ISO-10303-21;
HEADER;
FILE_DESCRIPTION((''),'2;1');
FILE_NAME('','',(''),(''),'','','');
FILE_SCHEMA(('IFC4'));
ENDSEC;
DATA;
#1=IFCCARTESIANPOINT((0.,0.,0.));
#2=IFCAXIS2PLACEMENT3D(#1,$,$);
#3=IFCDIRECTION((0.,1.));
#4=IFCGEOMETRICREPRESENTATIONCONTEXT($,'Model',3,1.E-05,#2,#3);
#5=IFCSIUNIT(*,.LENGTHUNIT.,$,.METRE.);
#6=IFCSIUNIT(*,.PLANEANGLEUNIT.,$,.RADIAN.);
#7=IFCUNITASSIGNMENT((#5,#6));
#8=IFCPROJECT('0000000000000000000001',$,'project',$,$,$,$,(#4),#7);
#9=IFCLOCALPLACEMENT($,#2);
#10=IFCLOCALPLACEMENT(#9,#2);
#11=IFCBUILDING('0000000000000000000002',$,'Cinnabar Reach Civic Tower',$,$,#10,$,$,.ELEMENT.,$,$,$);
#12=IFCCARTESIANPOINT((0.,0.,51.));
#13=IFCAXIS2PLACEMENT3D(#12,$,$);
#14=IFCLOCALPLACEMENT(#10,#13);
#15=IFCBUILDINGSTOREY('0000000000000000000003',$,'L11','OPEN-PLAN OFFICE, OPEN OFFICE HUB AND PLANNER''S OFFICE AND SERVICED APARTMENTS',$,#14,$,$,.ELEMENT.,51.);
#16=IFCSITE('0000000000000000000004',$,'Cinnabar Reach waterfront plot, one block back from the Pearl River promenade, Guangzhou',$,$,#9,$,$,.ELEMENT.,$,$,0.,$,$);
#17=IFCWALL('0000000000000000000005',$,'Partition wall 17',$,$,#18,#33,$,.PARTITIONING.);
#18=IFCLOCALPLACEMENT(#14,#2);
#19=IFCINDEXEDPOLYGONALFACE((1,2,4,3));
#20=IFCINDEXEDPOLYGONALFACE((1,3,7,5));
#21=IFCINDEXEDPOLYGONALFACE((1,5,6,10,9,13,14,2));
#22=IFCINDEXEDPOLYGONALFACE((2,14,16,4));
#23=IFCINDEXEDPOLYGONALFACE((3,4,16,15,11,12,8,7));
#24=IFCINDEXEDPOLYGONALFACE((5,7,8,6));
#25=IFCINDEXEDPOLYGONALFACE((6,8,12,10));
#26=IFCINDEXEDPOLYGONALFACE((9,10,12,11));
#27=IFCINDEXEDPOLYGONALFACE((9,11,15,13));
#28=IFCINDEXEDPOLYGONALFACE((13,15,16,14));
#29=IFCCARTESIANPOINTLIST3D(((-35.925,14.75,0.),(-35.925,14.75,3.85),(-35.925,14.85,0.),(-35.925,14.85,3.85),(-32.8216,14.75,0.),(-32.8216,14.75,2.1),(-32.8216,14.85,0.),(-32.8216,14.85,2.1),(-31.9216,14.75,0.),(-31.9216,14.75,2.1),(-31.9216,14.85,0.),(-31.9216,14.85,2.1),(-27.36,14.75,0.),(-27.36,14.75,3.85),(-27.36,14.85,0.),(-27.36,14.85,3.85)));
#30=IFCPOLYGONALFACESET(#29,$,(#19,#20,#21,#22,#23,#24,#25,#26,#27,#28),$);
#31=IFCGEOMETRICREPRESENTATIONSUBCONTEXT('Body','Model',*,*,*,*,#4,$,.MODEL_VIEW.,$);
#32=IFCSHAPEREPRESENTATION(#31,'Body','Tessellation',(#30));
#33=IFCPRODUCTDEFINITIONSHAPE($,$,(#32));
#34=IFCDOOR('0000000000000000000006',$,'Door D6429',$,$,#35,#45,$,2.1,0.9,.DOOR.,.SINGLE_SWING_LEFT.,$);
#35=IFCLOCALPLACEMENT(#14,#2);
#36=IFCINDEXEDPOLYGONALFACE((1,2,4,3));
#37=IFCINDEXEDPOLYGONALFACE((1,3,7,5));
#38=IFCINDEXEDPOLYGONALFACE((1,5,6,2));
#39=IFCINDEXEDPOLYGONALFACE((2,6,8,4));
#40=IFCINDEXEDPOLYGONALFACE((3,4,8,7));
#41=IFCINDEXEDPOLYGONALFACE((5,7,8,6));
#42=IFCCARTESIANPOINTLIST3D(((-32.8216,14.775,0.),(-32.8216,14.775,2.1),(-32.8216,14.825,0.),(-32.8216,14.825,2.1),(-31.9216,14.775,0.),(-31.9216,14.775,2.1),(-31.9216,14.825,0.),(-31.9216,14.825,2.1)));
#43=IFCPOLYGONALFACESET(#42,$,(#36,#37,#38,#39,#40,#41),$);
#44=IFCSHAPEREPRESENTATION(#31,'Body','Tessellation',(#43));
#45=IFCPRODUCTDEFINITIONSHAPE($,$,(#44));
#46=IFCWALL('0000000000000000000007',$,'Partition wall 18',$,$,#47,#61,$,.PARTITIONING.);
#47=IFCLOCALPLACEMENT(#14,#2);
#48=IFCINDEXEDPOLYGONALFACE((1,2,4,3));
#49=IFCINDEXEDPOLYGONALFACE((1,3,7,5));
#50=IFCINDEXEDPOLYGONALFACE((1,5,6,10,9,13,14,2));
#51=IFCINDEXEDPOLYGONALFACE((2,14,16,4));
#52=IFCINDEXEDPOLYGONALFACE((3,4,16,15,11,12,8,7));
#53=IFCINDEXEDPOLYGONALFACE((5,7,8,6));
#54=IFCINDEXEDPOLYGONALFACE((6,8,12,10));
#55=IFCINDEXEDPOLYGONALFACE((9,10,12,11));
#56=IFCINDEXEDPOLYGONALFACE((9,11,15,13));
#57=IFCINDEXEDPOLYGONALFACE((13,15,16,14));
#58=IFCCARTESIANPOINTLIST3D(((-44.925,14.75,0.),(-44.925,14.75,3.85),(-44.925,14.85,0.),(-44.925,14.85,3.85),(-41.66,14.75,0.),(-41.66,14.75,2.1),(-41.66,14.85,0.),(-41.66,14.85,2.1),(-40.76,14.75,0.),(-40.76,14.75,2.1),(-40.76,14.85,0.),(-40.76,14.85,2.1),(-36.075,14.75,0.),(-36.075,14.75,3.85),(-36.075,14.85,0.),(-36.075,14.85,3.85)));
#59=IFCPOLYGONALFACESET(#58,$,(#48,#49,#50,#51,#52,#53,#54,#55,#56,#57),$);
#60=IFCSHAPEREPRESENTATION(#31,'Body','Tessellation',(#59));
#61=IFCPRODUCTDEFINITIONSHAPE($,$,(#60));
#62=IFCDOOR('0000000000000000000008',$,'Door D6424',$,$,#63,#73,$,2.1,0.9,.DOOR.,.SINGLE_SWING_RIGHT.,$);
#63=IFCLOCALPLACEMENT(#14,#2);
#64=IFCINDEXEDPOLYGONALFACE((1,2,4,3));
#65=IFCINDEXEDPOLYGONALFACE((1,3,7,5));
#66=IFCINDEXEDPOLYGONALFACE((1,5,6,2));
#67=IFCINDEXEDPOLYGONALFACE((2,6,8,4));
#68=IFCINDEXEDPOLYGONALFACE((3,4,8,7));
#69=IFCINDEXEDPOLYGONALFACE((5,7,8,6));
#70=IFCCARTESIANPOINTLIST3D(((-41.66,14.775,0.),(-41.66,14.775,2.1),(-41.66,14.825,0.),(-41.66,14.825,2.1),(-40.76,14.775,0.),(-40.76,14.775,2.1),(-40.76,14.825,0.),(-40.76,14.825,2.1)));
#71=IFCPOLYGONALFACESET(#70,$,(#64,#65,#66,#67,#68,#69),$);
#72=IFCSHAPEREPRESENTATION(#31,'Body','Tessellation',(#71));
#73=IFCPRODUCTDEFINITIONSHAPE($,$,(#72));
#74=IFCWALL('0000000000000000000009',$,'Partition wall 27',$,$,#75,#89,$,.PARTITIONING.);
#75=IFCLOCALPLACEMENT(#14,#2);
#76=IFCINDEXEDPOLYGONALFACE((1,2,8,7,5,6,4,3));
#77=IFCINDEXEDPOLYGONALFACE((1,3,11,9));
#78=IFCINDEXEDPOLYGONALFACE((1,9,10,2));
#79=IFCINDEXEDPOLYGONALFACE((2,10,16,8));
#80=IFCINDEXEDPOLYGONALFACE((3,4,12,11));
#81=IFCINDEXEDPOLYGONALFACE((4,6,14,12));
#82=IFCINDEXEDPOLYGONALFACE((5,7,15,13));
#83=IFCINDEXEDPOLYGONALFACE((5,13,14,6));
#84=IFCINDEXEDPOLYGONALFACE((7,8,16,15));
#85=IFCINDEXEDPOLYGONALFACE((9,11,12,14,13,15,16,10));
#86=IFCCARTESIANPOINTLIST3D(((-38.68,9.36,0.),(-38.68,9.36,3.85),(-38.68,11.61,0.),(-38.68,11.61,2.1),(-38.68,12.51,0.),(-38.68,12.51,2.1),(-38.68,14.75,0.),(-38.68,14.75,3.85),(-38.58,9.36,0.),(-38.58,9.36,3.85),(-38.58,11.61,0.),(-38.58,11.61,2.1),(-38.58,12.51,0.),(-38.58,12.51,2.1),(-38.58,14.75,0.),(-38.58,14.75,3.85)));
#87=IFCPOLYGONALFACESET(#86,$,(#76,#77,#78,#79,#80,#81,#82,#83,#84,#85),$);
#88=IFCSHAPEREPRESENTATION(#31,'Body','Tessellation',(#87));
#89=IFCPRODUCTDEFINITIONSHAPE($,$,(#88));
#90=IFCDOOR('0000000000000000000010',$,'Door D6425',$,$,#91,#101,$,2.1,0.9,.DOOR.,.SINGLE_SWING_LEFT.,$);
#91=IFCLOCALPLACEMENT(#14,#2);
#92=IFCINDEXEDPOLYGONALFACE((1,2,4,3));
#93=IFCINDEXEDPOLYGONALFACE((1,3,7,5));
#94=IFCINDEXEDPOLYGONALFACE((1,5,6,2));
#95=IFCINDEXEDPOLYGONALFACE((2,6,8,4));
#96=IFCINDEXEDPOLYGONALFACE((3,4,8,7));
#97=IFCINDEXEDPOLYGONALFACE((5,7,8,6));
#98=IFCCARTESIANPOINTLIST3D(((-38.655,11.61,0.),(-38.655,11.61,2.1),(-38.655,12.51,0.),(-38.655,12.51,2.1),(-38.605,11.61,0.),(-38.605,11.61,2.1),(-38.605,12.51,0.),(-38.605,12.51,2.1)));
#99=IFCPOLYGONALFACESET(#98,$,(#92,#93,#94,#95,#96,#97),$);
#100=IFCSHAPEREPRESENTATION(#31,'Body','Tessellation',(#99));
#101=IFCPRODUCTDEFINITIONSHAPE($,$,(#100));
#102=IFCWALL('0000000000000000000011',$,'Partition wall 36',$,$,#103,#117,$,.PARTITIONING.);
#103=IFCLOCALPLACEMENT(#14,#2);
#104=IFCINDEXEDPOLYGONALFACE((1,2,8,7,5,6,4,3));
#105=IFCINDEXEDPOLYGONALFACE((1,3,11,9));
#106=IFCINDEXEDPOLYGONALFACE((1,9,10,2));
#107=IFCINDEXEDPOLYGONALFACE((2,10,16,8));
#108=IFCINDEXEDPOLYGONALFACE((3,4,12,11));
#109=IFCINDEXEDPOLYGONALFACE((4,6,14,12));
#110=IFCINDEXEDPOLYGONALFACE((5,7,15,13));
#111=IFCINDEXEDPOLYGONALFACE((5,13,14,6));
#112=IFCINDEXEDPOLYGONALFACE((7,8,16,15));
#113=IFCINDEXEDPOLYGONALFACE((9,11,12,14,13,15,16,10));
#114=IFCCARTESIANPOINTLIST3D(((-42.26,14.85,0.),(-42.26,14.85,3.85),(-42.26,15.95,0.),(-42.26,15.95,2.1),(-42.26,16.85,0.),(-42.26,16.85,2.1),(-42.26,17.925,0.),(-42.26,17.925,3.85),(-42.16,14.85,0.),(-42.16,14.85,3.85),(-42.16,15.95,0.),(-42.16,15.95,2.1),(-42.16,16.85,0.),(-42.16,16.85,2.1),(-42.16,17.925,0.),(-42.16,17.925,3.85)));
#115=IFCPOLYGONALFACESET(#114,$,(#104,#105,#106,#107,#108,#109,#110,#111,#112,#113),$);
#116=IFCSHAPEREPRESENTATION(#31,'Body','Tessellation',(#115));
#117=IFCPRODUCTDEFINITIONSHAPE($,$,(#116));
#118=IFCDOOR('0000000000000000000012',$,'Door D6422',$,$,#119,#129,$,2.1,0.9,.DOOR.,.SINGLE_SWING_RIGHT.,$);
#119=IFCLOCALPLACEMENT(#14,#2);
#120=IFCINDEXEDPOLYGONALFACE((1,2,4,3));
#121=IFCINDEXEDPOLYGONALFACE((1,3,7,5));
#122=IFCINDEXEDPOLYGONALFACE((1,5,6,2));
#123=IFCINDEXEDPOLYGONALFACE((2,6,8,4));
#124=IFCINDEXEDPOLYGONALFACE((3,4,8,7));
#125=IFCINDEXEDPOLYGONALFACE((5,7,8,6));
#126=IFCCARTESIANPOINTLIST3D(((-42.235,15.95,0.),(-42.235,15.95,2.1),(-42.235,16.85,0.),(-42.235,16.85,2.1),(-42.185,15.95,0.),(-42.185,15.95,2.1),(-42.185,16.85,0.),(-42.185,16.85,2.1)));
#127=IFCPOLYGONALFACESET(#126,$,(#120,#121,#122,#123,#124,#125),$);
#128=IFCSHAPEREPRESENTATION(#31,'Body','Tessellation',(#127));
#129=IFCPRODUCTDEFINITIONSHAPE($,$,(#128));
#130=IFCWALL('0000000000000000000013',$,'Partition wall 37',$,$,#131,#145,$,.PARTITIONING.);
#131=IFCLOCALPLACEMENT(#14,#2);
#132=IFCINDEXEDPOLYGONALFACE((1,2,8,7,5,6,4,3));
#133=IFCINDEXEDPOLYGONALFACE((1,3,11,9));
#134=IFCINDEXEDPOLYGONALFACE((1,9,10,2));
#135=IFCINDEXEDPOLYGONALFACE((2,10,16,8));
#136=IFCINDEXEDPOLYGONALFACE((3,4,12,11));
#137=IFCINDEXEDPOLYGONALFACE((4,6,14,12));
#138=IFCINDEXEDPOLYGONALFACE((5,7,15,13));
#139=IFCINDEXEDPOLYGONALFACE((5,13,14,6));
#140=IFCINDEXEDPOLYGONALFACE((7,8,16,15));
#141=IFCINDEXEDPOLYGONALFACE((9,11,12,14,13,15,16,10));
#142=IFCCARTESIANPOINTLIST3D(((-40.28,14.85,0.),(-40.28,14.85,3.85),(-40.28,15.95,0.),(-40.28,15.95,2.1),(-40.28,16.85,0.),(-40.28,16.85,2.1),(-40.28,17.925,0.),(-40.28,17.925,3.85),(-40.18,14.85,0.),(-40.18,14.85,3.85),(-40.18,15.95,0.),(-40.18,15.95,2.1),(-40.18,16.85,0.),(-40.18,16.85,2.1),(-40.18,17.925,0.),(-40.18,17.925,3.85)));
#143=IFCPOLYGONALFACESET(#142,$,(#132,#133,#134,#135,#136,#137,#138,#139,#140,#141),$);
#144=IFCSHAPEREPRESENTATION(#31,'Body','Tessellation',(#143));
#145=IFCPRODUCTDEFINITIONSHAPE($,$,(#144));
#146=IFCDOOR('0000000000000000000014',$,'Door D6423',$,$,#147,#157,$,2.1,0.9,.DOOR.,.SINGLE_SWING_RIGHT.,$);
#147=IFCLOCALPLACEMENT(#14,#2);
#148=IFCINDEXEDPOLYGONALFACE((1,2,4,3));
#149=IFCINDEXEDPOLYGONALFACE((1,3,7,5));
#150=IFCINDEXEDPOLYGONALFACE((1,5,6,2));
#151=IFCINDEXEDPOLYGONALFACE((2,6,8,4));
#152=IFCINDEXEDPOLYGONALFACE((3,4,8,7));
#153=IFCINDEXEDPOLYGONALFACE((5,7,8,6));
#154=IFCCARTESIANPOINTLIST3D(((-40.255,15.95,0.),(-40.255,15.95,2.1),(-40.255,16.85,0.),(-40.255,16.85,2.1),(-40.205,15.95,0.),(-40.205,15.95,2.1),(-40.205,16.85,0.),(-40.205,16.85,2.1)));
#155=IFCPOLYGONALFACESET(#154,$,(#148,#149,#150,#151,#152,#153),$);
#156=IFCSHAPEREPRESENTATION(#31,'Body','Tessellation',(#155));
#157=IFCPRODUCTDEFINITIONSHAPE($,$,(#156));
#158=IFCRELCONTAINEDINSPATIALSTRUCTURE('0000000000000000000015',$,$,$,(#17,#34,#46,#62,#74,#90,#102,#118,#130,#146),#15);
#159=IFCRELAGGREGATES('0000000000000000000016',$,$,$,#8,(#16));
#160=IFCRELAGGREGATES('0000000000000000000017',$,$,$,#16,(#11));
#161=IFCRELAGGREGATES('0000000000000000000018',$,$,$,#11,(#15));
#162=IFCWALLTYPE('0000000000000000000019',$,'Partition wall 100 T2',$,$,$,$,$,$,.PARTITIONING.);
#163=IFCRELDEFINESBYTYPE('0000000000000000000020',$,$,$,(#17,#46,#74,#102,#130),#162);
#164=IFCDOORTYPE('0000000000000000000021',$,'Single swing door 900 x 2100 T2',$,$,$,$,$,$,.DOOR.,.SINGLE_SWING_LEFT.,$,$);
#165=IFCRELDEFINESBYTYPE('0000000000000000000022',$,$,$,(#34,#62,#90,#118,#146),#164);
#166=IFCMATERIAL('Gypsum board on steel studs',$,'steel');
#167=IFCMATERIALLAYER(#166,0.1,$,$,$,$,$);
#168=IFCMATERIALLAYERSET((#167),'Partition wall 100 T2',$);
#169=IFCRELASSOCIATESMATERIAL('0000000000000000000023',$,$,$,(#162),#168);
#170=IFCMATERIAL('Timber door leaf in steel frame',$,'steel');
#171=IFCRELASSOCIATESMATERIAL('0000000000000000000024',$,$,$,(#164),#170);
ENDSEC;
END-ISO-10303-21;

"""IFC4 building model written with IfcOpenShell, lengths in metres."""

from ifc_helpers import new_model, si_unit, direction, frame, frame_2d, origin, place, context, subcontext, project, spatial, rectangle, extrude, material, layer, layer_set, type_object, element, fill, save


model = new_model("IFC4")

# Units and contexts
model_context = context("Model", 3, precision=1e-05, world=origin(), true_north=direction((0.0, 1.0)))
body_context = subcontext(model_context, "Body", "Model", "MODEL_VIEW")
ifc_project = project(units=[si_unit("LENGTHUNIT", "METRE"), si_unit("PLANEANGLEUNIT", "RADIAN")], contexts=[model_context])

# Site, building, storey
site_placement = place(None, origin())
site = spatial("IfcSite", under=ifc_project, at=site_placement, Name="Cinnabar Reach waterfront plot, one block back from the Pearl River promenade, Guangzhou", CompositionType="ELEMENT", RefElevation=0.0)
building_placement = place(site_placement, origin())
building = spatial("IfcBuilding", under=site, at=building_placement, Name="Cinnabar Reach Civic Tower", CompositionType="ELEMENT")
storey_placement = place(building_placement, frame((0.0, 0.0, 51.0)))
storey = spatial("IfcBuildingStorey", under=building, at=storey_placement, Name="L11", Description="OPEN-PLAN OFFICE, OPEN OFFICE HUB AND PLANNER'S OFFICE AND SERVICED APARTMENTS", CompositionType="ELEMENT", Elevation=51.0)

# Walls, openings, doors
ifc_material_1 = material(Name="Gypsum board on steel studs", Category="steel")
ifc_layer_1 = layer(ifc_material_1, 0.1)
ifc_layer_set_1 = layer_set([ifc_layer_1], Name="Partition wall 100 T2")
wall_type_1 = type_object("IfcWallType", Name="Partition wall 100 T2", PredefinedType="PARTITIONING", material=ifc_layer_set_1)
wall_1_placement = place(storey_placement, frame((-35.925, 14.8, 0.0), z_axis=(0.0, 0.0, 1.0), x_axis=(1.0, 0.0, 0.0)))
wall_1 = element("IfcWall", 1, at=wall_1_placement, inside=storey, type_object=wall_type_1, Name="Partition wall 17", PredefinedType="PARTITIONING", context=body_context, shape_type="SweptSolid", body=[
    extrude(rectangle(XDim=8.565, YDim=0.1, at=frame_2d((4.2825, 0.0))), origin(), (0.0, 0.0, 1.0), 3.85),
])
opening_1_placement = place(wall_1_placement, frame((3.1034, 0.0, 0.0)))
opening_1 = element("IfcOpeningElement", 2, at=opening_1_placement, cuts=wall_1, PredefinedType="OPENING", context=body_context, shape_type="SweptSolid", body=[
    extrude(rectangle(XDim=0.9, YDim=2.1, at=frame_2d((0.45, 1.05))), frame((0.0, 0.06, 0.0), z_axis=(0.0, -1.0, 0.0), x_axis=(1.0, 0.0, 0.0)), (0.0, 0.0, 1.0), 0.12),
])
ifc_material_2 = material(Name="Timber door leaf in steel frame", Category="steel")
door_type = type_object("IfcDoorType", Name="Single swing door 900 x 2100 T2", OperationType="SINGLE_SWING_LEFT", PredefinedType="DOOR", material=ifc_material_2)
door_1_placement = place(opening_1_placement, origin())
door_1 = element("IfcDoor", 3, at=door_1_placement, inside=storey, type_object=door_type, Name="Door D6429", OperationType="SINGLE_SWING_LEFT", OverallHeight=2.1, OverallWidth=0.9, PredefinedType="DOOR", context=body_context, shape_type="SweptSolid", body=[
    extrude(rectangle(XDim=0.9, YDim=2.1, at=frame_2d((0.45, 1.05))), frame((0.0, 0.025, 0.0), z_axis=(0.0, -1.0, 0.0), x_axis=(1.0, 0.0, 0.0)), (0.0, 0.0, 1.0), 0.05),
])
fill(opening_1, door_1)
wall_2_placement = place(storey_placement, frame((-44.925, 14.8, 0.0), z_axis=(0.0, 0.0, 1.0), x_axis=(1.0, 0.0, 0.0)))
wall_2 = element("IfcWall", 4, at=wall_2_placement, inside=storey, type_object=wall_type_1, Name="Partition wall 18", PredefinedType="PARTITIONING", context=body_context, shape_type="SweptSolid", body=[
    extrude(rectangle(XDim=8.85, YDim=0.1, at=frame_2d((4.425, 0.0))), origin(), (0.0, 0.0, 1.0), 3.85),
])
opening_2_placement = place(wall_2_placement, frame((3.265, 0.0, 0.0)))
opening_2 = element("IfcOpeningElement", 5, at=opening_2_placement, cuts=wall_2, PredefinedType="OPENING", context=body_context, shape_type="SweptSolid", body=[
    extrude(rectangle(XDim=0.9, YDim=2.1, at=frame_2d((0.45, 1.05))), frame((0.0, 0.06, 0.0), z_axis=(0.0, -1.0, 0.0), x_axis=(1.0, 0.0, 0.0)), (0.0, 0.0, 1.0), 0.12),
])
door_2_placement = place(opening_2_placement, origin())
door_2 = element("IfcDoor", 6, at=door_2_placement, inside=storey, type_object=door_type, Name="Door D6424", OperationType="SINGLE_SWING_RIGHT", OverallHeight=2.1, OverallWidth=0.9, PredefinedType="DOOR", context=body_context, shape_type="SweptSolid", body=[
    extrude(rectangle(XDim=0.9, YDim=2.1, at=frame_2d((0.45, 1.05))), frame((0.0, 0.025, 0.0), z_axis=(0.0, -1.0, 0.0), x_axis=(1.0, 0.0, 0.0)), (0.0, 0.0, 1.0), 0.05),
])
fill(opening_2, door_2)
wall_3_placement = place(storey_placement, frame((-38.63, 9.36, 0.0), z_axis=(0.0, 0.0, 1.0), x_axis=(0.0, 1.0, 0.0)))
wall_3 = element("IfcWall", 7, at=wall_3_placement, inside=storey, type_object=wall_type_1, Name="Partition wall 27", PredefinedType="PARTITIONING", context=body_context, shape_type="SweptSolid", body=[
    extrude(rectangle(XDim=5.39, YDim=0.1, at=frame_2d((2.695, 0.0))), origin(), (0.0, 0.0, 1.0), 3.85),
])
opening_3_placement = place(wall_3_placement, frame((2.25, 0.0, 0.0)))
opening_3 = element("IfcOpeningElement", 8, at=opening_3_placement, cuts=wall_3, PredefinedType="OPENING", context=body_context, shape_type="SweptSolid", body=[
    extrude(rectangle(XDim=0.9, YDim=2.1, at=frame_2d((0.45, 1.05))), frame((0.0, 0.06, 0.0), z_axis=(0.0, -1.0, 0.0), x_axis=(1.0, 0.0, 0.0)), (0.0, 0.0, 1.0), 0.12),
])
door_3_placement = place(opening_3_placement, frame((0.9, 0.0, 0.0), z_axis=(0.0, 0.0, 1.0), x_axis=(-1.0, 0.0, 0.0)))
door_3 = element("IfcDoor", 9, at=door_3_placement, inside=storey, type_object=door_type, Name="Door D6425", OperationType="SINGLE_SWING_LEFT", OverallHeight=2.1, OverallWidth=0.9, PredefinedType="DOOR", context=body_context, shape_type="SweptSolid", body=[
    extrude(rectangle(XDim=0.9, YDim=2.1, at=frame_2d((0.45, 1.05))), frame((0.0, 0.025, 0.0), z_axis=(0.0, -1.0, 0.0), x_axis=(1.0, 0.0, 0.0)), (0.0, 0.0, 1.0), 0.05),
])
fill(opening_3, door_3)
wall_4_placement = place(storey_placement, frame((-42.21, 14.85, 0.0), z_axis=(0.0, 0.0, 1.0), x_axis=(0.0, 1.0, 0.0)))
wall_4 = element("IfcWall", 10, at=wall_4_placement, inside=storey, type_object=wall_type_1, Name="Partition wall 36", PredefinedType="PARTITIONING", context=body_context, shape_type="SweptSolid", body=[
    extrude(rectangle(XDim=3.075, YDim=0.1, at=frame_2d((1.5375, 0.0))), origin(), (0.0, 0.0, 1.0), 3.85),
])
opening_4_placement = place(wall_4_placement, frame((1.1, 0.0, 0.0)))
opening_4 = element("IfcOpeningElement", 11, at=opening_4_placement, cuts=wall_4, PredefinedType="OPENING", context=body_context, shape_type="SweptSolid", body=[
    extrude(rectangle(XDim=0.9, YDim=2.1, at=frame_2d((0.45, 1.05))), frame((0.0, 0.06, 0.0), z_axis=(0.0, -1.0, 0.0), x_axis=(1.0, 0.0, 0.0)), (0.0, 0.0, 1.0), 0.12),
])
door_4_placement = place(opening_4_placement, origin())
door_4 = element("IfcDoor", 12, at=door_4_placement, inside=storey, type_object=door_type, Name="Door D6422", OperationType="SINGLE_SWING_RIGHT", OverallHeight=2.1, OverallWidth=0.9, PredefinedType="DOOR", context=body_context, shape_type="SweptSolid", body=[
    extrude(rectangle(XDim=0.9, YDim=2.1, at=frame_2d((0.45, 1.05))), frame((0.0, 0.025, 0.0), z_axis=(0.0, -1.0, 0.0), x_axis=(1.0, 0.0, 0.0)), (0.0, 0.0, 1.0), 0.05),
])
fill(opening_4, door_4)
wall_5_placement = place(storey_placement, frame((-40.23, 14.85, 0.0), z_axis=(0.0, 0.0, 1.0), x_axis=(0.0, 1.0, 0.0)))
wall_5 = element("IfcWall", 13, at=wall_5_placement, inside=storey, type_object=wall_type_1, Name="Partition wall 37", PredefinedType="PARTITIONING", context=body_context, shape_type="SweptSolid", body=[
    extrude(rectangle(XDim=3.075, YDim=0.1, at=frame_2d((1.5375, 0.0))), origin(), (0.0, 0.0, 1.0), 3.85),
])
opening_5_placement = place(wall_5_placement, frame((1.1, 0.0, 0.0)))
opening_5 = element("IfcOpeningElement", 14, at=opening_5_placement, cuts=wall_5, PredefinedType="OPENING", context=body_context, shape_type="SweptSolid", body=[
    extrude(rectangle(XDim=0.9, YDim=2.1, at=frame_2d((0.45, 1.05))), frame((0.0, 0.06, 0.0), z_axis=(0.0, -1.0, 0.0), x_axis=(1.0, 0.0, 0.0)), (0.0, 0.0, 1.0), 0.12),
])
door_5_placement = place(opening_5_placement, origin())
door_5 = element("IfcDoor", 15, at=door_5_placement, inside=storey, type_object=door_type, Name="Door D6423", OperationType="SINGLE_SWING_RIGHT", OverallHeight=2.1, OverallWidth=0.9, PredefinedType="DOOR", context=body_context, shape_type="SweptSolid", body=[
    extrude(rectangle(XDim=0.9, YDim=2.1, at=frame_2d((0.45, 1.05))), frame((0.0, 0.025, 0.0), z_axis=(0.0, -1.0, 0.0), x_axis=(1.0, 0.0, 0.0)), (0.0, 0.0, 1.0), 0.05),
])
fill(opening_5, door_5)

save(model, "model.ifc")
